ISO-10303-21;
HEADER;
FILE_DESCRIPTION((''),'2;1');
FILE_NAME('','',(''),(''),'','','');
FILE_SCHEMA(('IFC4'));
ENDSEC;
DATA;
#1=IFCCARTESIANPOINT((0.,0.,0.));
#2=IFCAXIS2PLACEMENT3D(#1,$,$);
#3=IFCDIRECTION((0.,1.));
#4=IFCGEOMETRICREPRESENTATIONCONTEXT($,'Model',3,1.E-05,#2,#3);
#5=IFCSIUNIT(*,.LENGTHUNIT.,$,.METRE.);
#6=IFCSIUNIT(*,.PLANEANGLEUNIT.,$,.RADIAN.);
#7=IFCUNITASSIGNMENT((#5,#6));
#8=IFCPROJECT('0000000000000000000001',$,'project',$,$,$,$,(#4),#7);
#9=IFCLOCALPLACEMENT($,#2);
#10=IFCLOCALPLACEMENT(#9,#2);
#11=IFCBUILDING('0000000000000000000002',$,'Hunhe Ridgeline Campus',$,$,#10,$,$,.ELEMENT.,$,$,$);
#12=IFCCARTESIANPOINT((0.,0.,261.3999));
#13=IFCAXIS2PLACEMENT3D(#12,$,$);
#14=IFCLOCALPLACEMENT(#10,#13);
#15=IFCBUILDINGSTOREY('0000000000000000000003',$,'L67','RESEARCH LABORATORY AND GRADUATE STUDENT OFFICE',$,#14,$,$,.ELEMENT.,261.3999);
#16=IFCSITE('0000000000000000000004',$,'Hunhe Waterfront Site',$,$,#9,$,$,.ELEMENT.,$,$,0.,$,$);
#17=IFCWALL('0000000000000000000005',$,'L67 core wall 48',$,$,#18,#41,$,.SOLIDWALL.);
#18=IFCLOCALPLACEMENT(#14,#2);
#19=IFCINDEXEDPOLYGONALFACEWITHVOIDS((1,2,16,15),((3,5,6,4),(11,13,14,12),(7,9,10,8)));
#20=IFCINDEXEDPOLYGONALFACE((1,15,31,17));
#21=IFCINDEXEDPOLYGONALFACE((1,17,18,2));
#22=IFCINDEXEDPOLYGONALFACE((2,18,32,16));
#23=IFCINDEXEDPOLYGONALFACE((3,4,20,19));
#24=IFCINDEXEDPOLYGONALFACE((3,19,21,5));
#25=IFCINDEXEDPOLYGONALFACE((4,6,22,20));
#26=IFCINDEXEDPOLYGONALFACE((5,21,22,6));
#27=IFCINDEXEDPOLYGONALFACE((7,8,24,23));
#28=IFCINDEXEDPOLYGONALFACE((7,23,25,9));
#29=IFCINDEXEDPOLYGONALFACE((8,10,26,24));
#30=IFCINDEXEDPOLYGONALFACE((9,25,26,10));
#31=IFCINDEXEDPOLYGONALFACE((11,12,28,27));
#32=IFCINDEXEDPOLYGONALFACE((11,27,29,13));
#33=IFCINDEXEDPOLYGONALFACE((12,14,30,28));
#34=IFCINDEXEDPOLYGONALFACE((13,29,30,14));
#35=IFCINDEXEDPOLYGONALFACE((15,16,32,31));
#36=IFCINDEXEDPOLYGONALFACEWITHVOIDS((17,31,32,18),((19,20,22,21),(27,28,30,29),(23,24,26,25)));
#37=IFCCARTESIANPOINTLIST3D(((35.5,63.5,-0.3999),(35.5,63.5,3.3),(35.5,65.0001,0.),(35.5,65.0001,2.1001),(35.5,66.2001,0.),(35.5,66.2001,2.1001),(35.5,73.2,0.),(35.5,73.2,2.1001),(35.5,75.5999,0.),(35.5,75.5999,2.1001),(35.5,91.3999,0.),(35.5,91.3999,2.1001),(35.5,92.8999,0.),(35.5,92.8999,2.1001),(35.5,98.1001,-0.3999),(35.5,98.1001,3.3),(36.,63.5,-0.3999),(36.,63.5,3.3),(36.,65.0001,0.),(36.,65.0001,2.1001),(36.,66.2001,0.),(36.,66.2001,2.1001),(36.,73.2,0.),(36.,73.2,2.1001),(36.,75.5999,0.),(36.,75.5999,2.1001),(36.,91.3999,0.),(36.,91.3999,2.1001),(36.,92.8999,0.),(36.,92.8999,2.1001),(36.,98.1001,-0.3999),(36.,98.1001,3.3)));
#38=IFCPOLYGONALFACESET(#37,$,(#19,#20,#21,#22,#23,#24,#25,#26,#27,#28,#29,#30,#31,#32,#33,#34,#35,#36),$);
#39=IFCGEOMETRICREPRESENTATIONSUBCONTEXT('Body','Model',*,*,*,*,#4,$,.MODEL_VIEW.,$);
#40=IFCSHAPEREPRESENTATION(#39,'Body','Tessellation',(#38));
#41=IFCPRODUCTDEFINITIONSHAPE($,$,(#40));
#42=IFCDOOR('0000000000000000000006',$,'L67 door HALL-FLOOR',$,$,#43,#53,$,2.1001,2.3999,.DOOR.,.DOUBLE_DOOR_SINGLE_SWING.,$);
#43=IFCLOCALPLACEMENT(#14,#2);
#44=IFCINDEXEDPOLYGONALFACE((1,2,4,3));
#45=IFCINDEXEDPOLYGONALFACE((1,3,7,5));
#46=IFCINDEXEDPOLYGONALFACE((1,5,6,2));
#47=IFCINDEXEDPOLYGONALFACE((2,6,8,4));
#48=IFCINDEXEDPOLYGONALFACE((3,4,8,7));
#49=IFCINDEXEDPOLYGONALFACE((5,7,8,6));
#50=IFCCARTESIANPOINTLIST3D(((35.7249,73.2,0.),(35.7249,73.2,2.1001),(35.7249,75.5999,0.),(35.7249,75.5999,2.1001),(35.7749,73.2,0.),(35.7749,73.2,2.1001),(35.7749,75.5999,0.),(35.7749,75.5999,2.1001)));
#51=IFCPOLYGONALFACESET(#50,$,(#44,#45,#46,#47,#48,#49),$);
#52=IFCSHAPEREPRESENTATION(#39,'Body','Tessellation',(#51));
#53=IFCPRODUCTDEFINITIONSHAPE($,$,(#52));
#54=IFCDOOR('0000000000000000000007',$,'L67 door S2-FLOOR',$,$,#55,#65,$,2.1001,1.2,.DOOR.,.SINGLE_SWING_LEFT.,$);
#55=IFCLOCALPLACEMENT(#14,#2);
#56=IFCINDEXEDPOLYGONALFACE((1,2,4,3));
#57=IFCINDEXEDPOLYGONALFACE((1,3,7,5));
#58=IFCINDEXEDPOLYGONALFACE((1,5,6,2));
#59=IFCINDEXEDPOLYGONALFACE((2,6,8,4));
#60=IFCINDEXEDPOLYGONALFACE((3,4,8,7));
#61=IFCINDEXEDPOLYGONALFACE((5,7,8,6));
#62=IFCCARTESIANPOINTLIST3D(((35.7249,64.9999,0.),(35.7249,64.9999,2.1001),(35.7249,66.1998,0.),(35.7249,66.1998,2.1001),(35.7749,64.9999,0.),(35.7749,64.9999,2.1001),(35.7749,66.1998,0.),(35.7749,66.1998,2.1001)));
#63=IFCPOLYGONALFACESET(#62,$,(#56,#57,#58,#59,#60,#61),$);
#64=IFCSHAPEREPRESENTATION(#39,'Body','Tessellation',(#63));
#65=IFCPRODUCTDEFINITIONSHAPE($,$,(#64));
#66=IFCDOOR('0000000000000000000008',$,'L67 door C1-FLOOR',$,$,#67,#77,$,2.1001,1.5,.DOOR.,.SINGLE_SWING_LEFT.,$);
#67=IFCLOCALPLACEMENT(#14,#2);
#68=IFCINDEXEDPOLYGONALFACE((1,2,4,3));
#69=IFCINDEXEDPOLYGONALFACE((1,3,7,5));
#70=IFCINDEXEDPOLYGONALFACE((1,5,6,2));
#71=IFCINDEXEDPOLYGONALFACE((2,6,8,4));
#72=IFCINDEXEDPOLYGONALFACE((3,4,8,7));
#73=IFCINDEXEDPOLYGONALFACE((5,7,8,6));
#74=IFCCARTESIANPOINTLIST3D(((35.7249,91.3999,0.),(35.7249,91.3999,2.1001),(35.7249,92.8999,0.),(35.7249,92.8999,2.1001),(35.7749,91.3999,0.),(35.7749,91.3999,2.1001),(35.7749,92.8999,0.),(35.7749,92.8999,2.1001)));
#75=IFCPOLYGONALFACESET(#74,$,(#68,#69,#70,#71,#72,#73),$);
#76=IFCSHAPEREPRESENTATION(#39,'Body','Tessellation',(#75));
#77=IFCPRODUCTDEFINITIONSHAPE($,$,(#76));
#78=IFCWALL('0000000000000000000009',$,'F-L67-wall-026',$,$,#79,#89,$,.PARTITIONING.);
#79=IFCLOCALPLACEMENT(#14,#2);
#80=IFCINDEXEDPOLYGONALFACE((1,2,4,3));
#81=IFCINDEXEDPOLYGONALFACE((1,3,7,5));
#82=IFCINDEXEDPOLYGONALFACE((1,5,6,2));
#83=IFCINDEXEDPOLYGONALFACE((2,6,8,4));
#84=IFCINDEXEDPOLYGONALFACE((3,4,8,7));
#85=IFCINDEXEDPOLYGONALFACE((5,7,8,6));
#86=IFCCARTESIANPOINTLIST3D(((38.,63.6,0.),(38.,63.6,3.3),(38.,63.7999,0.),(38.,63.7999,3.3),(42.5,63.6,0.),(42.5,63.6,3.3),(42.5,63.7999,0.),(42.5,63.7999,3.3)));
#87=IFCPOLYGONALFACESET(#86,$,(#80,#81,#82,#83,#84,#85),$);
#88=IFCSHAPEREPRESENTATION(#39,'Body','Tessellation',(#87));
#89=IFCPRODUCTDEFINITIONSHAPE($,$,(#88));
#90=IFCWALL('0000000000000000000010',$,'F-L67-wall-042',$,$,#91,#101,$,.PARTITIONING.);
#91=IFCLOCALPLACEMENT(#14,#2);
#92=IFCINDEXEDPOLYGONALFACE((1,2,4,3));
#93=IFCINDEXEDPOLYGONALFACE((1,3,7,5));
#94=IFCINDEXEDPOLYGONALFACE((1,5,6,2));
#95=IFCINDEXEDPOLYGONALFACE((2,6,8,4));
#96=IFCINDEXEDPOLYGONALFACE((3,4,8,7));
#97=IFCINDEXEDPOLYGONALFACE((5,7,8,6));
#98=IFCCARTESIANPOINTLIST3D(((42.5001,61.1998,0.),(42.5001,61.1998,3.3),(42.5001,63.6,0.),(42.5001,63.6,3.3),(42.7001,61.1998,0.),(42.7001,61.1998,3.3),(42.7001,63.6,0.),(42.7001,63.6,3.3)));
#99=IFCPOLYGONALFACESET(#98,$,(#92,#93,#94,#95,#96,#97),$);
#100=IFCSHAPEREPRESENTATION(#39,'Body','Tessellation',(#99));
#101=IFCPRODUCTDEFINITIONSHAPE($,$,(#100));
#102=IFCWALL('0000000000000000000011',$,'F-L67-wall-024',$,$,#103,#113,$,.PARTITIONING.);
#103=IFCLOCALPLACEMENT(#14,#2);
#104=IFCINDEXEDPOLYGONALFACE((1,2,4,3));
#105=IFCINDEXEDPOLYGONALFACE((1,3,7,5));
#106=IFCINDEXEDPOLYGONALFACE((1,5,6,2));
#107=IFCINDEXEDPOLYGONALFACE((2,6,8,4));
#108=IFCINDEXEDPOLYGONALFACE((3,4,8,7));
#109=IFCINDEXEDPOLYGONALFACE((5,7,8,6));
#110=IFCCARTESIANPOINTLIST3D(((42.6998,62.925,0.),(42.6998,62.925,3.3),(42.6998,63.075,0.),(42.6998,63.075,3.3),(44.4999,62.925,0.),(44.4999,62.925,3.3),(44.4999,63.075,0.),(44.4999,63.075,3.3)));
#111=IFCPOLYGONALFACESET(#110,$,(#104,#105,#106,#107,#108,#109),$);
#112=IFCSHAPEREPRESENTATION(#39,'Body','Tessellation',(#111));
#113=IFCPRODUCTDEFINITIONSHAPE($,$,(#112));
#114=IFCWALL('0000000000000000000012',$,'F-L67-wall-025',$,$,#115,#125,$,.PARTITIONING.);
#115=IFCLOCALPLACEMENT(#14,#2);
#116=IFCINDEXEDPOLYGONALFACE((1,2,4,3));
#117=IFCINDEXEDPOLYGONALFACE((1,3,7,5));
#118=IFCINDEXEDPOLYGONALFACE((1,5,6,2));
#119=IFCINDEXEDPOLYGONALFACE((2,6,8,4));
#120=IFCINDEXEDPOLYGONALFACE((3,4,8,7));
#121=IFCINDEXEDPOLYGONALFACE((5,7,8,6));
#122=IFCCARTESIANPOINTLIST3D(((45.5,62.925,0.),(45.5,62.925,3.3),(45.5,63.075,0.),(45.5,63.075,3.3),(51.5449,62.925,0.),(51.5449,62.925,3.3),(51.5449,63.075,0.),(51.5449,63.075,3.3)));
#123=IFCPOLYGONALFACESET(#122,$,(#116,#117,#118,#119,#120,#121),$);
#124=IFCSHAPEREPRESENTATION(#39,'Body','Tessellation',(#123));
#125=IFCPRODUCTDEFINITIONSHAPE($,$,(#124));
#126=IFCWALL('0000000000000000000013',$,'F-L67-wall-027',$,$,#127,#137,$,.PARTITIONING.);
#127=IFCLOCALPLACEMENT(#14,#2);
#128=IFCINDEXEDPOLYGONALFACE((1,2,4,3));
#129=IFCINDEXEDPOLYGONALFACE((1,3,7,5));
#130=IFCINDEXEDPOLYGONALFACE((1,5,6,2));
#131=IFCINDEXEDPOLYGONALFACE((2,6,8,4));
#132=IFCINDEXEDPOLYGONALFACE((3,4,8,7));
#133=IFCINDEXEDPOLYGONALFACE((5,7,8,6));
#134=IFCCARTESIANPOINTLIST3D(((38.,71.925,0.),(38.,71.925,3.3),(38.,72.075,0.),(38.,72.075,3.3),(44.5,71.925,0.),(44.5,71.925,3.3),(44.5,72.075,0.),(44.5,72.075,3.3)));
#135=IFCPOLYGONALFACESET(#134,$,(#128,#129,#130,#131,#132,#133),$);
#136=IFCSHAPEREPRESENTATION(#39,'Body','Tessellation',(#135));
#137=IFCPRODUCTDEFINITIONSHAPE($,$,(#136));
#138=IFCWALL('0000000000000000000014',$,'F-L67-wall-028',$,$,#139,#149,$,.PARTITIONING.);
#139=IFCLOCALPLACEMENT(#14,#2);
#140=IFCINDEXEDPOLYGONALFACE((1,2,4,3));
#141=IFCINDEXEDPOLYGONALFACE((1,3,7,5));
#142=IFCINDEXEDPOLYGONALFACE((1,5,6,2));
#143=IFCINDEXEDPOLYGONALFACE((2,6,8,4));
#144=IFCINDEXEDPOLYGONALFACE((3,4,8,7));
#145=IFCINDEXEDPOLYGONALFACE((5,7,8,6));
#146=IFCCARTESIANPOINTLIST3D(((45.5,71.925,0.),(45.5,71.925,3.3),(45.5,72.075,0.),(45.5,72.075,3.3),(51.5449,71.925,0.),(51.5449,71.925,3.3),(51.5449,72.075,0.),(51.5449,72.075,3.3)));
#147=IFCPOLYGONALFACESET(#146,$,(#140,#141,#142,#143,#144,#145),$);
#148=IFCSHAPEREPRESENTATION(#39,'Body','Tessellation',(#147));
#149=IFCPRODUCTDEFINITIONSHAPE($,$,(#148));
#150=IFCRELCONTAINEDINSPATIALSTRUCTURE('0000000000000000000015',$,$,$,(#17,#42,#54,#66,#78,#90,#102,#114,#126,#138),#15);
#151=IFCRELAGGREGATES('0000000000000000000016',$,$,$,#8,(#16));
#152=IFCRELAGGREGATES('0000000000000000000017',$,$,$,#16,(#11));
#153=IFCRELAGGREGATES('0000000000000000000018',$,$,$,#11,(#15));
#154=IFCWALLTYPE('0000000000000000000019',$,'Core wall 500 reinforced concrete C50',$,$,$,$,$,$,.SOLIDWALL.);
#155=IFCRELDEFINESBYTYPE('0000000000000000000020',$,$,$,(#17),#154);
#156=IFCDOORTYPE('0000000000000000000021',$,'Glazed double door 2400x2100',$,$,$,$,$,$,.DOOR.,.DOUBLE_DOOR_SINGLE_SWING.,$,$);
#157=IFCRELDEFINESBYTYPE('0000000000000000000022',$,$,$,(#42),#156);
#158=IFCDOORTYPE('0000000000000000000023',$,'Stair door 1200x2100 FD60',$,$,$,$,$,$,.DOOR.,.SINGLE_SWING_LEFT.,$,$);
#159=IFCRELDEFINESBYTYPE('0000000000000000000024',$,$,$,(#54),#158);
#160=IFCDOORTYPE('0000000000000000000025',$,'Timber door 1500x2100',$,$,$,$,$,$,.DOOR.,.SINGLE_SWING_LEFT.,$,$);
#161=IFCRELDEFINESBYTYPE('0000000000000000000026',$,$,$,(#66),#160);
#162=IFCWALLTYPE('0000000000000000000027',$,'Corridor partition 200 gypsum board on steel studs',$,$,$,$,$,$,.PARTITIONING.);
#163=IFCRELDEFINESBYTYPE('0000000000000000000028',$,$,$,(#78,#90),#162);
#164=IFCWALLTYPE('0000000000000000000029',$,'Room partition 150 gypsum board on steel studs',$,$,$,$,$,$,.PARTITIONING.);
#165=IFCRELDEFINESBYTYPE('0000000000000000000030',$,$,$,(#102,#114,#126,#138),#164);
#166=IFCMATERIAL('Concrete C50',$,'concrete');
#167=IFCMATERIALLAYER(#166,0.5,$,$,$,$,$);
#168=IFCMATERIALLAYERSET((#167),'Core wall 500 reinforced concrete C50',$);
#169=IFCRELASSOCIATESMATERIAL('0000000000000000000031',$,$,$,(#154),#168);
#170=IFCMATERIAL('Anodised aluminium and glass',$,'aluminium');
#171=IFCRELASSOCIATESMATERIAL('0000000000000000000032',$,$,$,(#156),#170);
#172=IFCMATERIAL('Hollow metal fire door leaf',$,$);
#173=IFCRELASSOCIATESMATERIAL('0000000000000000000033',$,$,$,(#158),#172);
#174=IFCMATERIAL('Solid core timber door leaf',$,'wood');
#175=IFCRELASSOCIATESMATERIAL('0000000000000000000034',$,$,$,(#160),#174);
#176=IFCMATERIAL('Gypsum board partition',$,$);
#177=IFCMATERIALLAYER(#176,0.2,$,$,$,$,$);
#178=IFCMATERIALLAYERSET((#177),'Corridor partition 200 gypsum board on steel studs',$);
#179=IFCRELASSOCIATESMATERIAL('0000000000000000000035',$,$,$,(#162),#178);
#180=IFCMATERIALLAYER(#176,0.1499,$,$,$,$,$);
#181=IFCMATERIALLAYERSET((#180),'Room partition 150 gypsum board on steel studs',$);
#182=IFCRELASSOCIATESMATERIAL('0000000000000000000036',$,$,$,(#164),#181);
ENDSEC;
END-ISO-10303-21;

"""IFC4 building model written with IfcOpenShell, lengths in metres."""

from ifc_helpers import new_model, si_unit, direction, frame, frame_2d, origin, place, context, subcontext, project, spatial, rectangle, extrude, material, layer, layer_set, type_object, element, fill, save


model = new_model("IFC4")

# Units and contexts
model_context = context("Model", 3, precision=1e-05, world=origin(), true_north=direction((0.0, 1.0)))
body_context = subcontext(model_context, "Body", "Model", "MODEL_VIEW")
ifc_project = project(units=[si_unit("LENGTHUNIT", "METRE"), si_unit("PLANEANGLEUNIT", "RADIAN")], contexts=[model_context])

# Site, building, storey
site_placement = place(None, origin())
site = spatial("IfcSite", under=ifc_project, at=site_placement, Name="Hunhe Waterfront Site", CompositionType="ELEMENT", RefElevation=0.0)
building_placement = place(site_placement, origin())
building = spatial("IfcBuilding", under=site, at=building_placement, Name="Hunhe Ridgeline Campus", CompositionType="ELEMENT")
storey_placement = place(building_placement, frame((0.0, 0.0, 261.3999)))
storey = spatial("IfcBuildingStorey", under=building, at=storey_placement, Name="L67", Description="RESEARCH LABORATORY AND GRADUATE STUDENT OFFICE", CompositionType="ELEMENT", Elevation=261.3999)

# Shared definitions
ifc_material_1 = material(Name="Concrete C50", Category="concrete")

# Wall, openings, doors
ifc_layer_1 = layer(ifc_material_1, 0.5)
ifc_layer_set_1 = layer_set([ifc_layer_1], Name="Core wall 500 reinforced concrete C50")
wall_type_1 = type_object("IfcWallType", Name="Core wall 500 reinforced concrete C50", PredefinedType="SOLIDWALL", material=ifc_layer_set_1)
wall_1_placement = place(storey_placement, frame((35.75, 63.5, -0.3999), z_axis=(0.0, 0.0, 1.0), x_axis=(0.0, 1.0, 0.0)))
wall_1 = element("IfcWall", 1, at=wall_1_placement, inside=storey, type_object=wall_type_1, Name="L67 core wall 48", PredefinedType="SOLIDWALL", context=body_context, shape_type="SweptSolid", body=[
    extrude(rectangle(XDim=34.6001, YDim=0.5, at=frame_2d((17.3, 0.0))), origin(), (0.0, 0.0, 1.0), 3.7),
])
opening_1_placement = place(wall_1_placement, frame((9.7, 0.0, 0.3999)))
opening_1 = element("IfcOpeningElement", 2, at=opening_1_placement, cuts=wall_1, PredefinedType="OPENING", context=body_context, shape_type="SweptSolid", body=[
    extrude(rectangle(XDim=2.3999, YDim=2.1001, at=frame_2d((1.2, 1.05))), frame((0.0, 0.25, 0.0), z_axis=(0.0, -1.0, 0.0), x_axis=(1.0, 0.0, 0.0)), (0.0, 0.0, 1.0), 0.5),
])
opening_2_placement = place(wall_1_placement, frame((27.8999, 0.0, 0.3999)))
opening_2 = element("IfcOpeningElement", 3, at=opening_2_placement, cuts=wall_1, PredefinedType="OPENING", context=body_context, shape_type="SweptSolid", body=[
    extrude(rectangle(XDim=1.5, YDim=2.1001, at=frame_2d((0.75, 1.05))), frame((0.0, 0.25, 0.0), z_axis=(0.0, -1.0, 0.0), x_axis=(1.0, 0.0, 0.0)), (0.0, 0.0, 1.0), 0.5),
])
opening_3_placement = place(wall_1_placement, frame((1.5, 0.0, 0.3999)))
opening_3 = element("IfcOpeningElement", 4, at=opening_3_placement, cuts=wall_1, PredefinedType="OPENING", context=body_context, shape_type="SweptSolid", body=[
    extrude(rectangle(XDim=1.2, YDim=2.1001, at=frame_2d((0.6001, 1.05))), frame((0.0, 0.25, 0.0), z_axis=(0.0, -1.0, 0.0), x_axis=(1.0, 0.0, 0.0)), (0.0, 0.0, 1.0), 0.5),
])
ifc_material_2 = material(Name="Anodised aluminium and glass", Category="aluminium")
door_type_1 = type_object("IfcDoorType", Name="Glazed double door 2400x2100", OperationType="DOUBLE_DOOR_SINGLE_SWING", PredefinedType="DOOR", material=ifc_material_2)
door_1_placement = place(opening_1_placement, frame((2.3999, 0.0, 0.0), z_axis=(0.0, 0.0, 1.0), x_axis=(-1.0, 0.0, 0.0)))
door_1 = element("IfcDoor", 5, at=door_1_placement, inside=storey, type_object=door_type_1, Name="L67 door HALL-FLOOR", OperationType="DOUBLE_DOOR_SINGLE_SWING", OverallHeight=2.1001, OverallWidth=2.3999, PredefinedType="DOOR", context=body_context, shape_type="SweptSolid", body=[
    extrude(rectangle(XDim=2.3999, YDim=2.1001, at=frame_2d((1.2, 1.05))), frame((0.0, 0.0249, 0.0), z_axis=(0.0, -1.0, 0.0), x_axis=(1.0, 0.0, 0.0)), (0.0, 0.0, 1.0), 0.05),
])
fill(opening_1, door_1)
ifc_material_3 = material(Name="Hollow metal fire door leaf")
door_type_2 = type_object("IfcDoorType", Name="Stair door 1200x2100 FD60", OperationType="SINGLE_SWING_LEFT", PredefinedType="DOOR", material=ifc_material_3)
door_2_placement = place(opening_3_placement, frame((1.2, 0.0, 0.0), z_axis=(0.0, 0.0, 1.0), x_axis=(-1.0, 0.0, 0.0)))
door_2 = element("IfcDoor", 6, at=door_2_placement, inside=storey, type_object=door_type_2, Name="L67 door S2-FLOOR", OperationType="SINGLE_SWING_LEFT", OverallHeight=2.1001, OverallWidth=1.2, PredefinedType="DOOR", context=body_context, shape_type="SweptSolid", body=[
    extrude(rectangle(XDim=1.2, YDim=2.1001, at=frame_2d((0.6001, 1.05))), frame((0.0, 0.0249, 0.0), z_axis=(0.0, -1.0, 0.0), x_axis=(1.0, 0.0, 0.0)), (0.0, 0.0, 1.0), 0.05),
])
fill(opening_3, door_2)
ifc_material_4 = material(Name="Solid core timber door leaf", Category="wood")
door_type_3 = type_object("IfcDoorType", Name="Timber door 1500x2100", OperationType="SINGLE_SWING_LEFT", PredefinedType="DOOR", material=ifc_material_4)
door_3_placement = place(opening_2_placement, frame((1.5, 0.0, 0.0), z_axis=(0.0, 0.0, 1.0), x_axis=(-1.0, 0.0, 0.0)))
door_3 = element("IfcDoor", 7, at=door_3_placement, inside=storey, type_object=door_type_3, Name="L67 door C1-FLOOR", OperationType="SINGLE_SWING_LEFT", OverallHeight=2.1001, OverallWidth=1.5, PredefinedType="DOOR", context=body_context, shape_type="SweptSolid", body=[
    extrude(rectangle(XDim=1.5, YDim=2.1001, at=frame_2d((0.75, 1.05))), frame((0.0, 0.0249, 0.0), z_axis=(0.0, -1.0, 0.0), x_axis=(1.0, 0.0, 0.0)), (0.0, 0.0, 1.0), 0.05),
])
fill(opening_2, door_3)

# Walls
ifc_material_5 = material(Name="Gypsum board partition")
ifc_layer_2 = layer(ifc_material_5, 0.2)
ifc_layer_set_2 = layer_set([ifc_layer_2], Name="Corridor partition 200 gypsum board on steel studs")
wall_type_2 = type_object("IfcWallType", Name="Corridor partition 200 gypsum board on steel studs", PredefinedType="PARTITIONING", material=ifc_layer_set_2)
wall_2_placement = place(storey_placement, frame((38.0, 63.7, 0.0), z_axis=(0.0, 0.0, 1.0), x_axis=(1.0, 0.0, 0.0)))
element("IfcWall", 8, at=wall_2_placement, inside=storey, type_object=wall_type_2, Name="F-L67-wall-026", PredefinedType="PARTITIONING", context=body_context, shape_type="SweptSolid", body=[
    extrude(rectangle(XDim=4.5, YDim=0.2, at=frame_2d((2.25, 0.0))), origin(), (0.0, 0.0, 1.0), 3.3),
])
wall_3_placement = place(storey_placement, frame((42.6001, 63.6001, 0.0), z_axis=(0.0, 0.0, 1.0), x_axis=(0.0, -1.0, 0.0)))
element("IfcWall", 9, at=wall_3_placement, inside=storey, type_object=wall_type_2, Name="F-L67-wall-042", PredefinedType="PARTITIONING", context=body_context, shape_type="SweptSolid", body=[
    extrude(rectangle(XDim=2.4001, YDim=0.2, at=frame_2d((1.2002, 0.0))), origin(), (0.0, 0.0, 1.0), 3.3),
])
ifc_layer_3 = layer(ifc_material_5, 0.1499)
ifc_layer_set_3 = layer_set([ifc_layer_3], Name="Room partition 150 gypsum board on steel studs")
wall_type_3 = type_object("IfcWallType", Name="Room partition 150 gypsum board on steel studs", PredefinedType="PARTITIONING", material=ifc_layer_set_3)
wall_4_placement = place(storey_placement, frame((42.7, 63.0, 0.0), z_axis=(0.0, 0.0, 1.0), x_axis=(1.0, 0.0, 0.0)))
element("IfcWall", 10, at=wall_4_placement, inside=storey, type_object=wall_type_3, Name="F-L67-wall-024", PredefinedType="PARTITIONING", context=body_context, shape_type="SweptSolid", body=[
    extrude(rectangle(XDim=1.8, YDim=0.1499, at=frame_2d((0.8999, 0.0))), origin(), (0.0, 0.0, 1.0), 3.3),
])
wall_5_placement = place(storey_placement, frame((45.5, 63.0, 0.0), z_axis=(0.0, 0.0, 1.0), x_axis=(1.0, 0.0, 0.0)))
element("IfcWall", 11, at=wall_5_placement, inside=storey, type_object=wall_type_3, Name="F-L67-wall-025", PredefinedType="PARTITIONING", context=body_context, shape_type="SweptSolid", body=[
    extrude(rectangle(XDim=6.0449, YDim=0.1499, at=frame_2d((3.0225, 0.0))), origin(), (0.0, 0.0, 1.0), 3.3),
])
wall_6_placement = place(storey_placement, frame((38.0, 72.0, 0.0), z_axis=(0.0, 0.0, 1.0), x_axis=(1.0, 0.0, 0.0)))
element("IfcWall", 12, at=wall_6_placement, inside=storey, type_object=wall_type_3, Name="F-L67-wall-027", PredefinedType="PARTITIONING", context=body_context, shape_type="SweptSolid", body=[
    extrude(rectangle(XDim=6.5, YDim=0.1499, at=frame_2d((3.25, 0.0))), origin(), (0.0, 0.0, 1.0), 3.3),
])
wall_7_placement = place(storey_placement, frame((45.5, 72.0, 0.0), z_axis=(0.0, 0.0, 1.0), x_axis=(1.0, 0.0, 0.0)))
element("IfcWall", 13, at=wall_7_placement, inside=storey, type_object=wall_type_3, Name="F-L67-wall-028", PredefinedType="PARTITIONING", context=body_context, shape_type="SweptSolid", body=[
    extrude(rectangle(XDim=6.0449, YDim=0.1499, at=frame_2d((3.0225, 0.0))), origin(), (0.0, 0.0, 1.0), 3.3),
])

save(model, "model.ifc")
